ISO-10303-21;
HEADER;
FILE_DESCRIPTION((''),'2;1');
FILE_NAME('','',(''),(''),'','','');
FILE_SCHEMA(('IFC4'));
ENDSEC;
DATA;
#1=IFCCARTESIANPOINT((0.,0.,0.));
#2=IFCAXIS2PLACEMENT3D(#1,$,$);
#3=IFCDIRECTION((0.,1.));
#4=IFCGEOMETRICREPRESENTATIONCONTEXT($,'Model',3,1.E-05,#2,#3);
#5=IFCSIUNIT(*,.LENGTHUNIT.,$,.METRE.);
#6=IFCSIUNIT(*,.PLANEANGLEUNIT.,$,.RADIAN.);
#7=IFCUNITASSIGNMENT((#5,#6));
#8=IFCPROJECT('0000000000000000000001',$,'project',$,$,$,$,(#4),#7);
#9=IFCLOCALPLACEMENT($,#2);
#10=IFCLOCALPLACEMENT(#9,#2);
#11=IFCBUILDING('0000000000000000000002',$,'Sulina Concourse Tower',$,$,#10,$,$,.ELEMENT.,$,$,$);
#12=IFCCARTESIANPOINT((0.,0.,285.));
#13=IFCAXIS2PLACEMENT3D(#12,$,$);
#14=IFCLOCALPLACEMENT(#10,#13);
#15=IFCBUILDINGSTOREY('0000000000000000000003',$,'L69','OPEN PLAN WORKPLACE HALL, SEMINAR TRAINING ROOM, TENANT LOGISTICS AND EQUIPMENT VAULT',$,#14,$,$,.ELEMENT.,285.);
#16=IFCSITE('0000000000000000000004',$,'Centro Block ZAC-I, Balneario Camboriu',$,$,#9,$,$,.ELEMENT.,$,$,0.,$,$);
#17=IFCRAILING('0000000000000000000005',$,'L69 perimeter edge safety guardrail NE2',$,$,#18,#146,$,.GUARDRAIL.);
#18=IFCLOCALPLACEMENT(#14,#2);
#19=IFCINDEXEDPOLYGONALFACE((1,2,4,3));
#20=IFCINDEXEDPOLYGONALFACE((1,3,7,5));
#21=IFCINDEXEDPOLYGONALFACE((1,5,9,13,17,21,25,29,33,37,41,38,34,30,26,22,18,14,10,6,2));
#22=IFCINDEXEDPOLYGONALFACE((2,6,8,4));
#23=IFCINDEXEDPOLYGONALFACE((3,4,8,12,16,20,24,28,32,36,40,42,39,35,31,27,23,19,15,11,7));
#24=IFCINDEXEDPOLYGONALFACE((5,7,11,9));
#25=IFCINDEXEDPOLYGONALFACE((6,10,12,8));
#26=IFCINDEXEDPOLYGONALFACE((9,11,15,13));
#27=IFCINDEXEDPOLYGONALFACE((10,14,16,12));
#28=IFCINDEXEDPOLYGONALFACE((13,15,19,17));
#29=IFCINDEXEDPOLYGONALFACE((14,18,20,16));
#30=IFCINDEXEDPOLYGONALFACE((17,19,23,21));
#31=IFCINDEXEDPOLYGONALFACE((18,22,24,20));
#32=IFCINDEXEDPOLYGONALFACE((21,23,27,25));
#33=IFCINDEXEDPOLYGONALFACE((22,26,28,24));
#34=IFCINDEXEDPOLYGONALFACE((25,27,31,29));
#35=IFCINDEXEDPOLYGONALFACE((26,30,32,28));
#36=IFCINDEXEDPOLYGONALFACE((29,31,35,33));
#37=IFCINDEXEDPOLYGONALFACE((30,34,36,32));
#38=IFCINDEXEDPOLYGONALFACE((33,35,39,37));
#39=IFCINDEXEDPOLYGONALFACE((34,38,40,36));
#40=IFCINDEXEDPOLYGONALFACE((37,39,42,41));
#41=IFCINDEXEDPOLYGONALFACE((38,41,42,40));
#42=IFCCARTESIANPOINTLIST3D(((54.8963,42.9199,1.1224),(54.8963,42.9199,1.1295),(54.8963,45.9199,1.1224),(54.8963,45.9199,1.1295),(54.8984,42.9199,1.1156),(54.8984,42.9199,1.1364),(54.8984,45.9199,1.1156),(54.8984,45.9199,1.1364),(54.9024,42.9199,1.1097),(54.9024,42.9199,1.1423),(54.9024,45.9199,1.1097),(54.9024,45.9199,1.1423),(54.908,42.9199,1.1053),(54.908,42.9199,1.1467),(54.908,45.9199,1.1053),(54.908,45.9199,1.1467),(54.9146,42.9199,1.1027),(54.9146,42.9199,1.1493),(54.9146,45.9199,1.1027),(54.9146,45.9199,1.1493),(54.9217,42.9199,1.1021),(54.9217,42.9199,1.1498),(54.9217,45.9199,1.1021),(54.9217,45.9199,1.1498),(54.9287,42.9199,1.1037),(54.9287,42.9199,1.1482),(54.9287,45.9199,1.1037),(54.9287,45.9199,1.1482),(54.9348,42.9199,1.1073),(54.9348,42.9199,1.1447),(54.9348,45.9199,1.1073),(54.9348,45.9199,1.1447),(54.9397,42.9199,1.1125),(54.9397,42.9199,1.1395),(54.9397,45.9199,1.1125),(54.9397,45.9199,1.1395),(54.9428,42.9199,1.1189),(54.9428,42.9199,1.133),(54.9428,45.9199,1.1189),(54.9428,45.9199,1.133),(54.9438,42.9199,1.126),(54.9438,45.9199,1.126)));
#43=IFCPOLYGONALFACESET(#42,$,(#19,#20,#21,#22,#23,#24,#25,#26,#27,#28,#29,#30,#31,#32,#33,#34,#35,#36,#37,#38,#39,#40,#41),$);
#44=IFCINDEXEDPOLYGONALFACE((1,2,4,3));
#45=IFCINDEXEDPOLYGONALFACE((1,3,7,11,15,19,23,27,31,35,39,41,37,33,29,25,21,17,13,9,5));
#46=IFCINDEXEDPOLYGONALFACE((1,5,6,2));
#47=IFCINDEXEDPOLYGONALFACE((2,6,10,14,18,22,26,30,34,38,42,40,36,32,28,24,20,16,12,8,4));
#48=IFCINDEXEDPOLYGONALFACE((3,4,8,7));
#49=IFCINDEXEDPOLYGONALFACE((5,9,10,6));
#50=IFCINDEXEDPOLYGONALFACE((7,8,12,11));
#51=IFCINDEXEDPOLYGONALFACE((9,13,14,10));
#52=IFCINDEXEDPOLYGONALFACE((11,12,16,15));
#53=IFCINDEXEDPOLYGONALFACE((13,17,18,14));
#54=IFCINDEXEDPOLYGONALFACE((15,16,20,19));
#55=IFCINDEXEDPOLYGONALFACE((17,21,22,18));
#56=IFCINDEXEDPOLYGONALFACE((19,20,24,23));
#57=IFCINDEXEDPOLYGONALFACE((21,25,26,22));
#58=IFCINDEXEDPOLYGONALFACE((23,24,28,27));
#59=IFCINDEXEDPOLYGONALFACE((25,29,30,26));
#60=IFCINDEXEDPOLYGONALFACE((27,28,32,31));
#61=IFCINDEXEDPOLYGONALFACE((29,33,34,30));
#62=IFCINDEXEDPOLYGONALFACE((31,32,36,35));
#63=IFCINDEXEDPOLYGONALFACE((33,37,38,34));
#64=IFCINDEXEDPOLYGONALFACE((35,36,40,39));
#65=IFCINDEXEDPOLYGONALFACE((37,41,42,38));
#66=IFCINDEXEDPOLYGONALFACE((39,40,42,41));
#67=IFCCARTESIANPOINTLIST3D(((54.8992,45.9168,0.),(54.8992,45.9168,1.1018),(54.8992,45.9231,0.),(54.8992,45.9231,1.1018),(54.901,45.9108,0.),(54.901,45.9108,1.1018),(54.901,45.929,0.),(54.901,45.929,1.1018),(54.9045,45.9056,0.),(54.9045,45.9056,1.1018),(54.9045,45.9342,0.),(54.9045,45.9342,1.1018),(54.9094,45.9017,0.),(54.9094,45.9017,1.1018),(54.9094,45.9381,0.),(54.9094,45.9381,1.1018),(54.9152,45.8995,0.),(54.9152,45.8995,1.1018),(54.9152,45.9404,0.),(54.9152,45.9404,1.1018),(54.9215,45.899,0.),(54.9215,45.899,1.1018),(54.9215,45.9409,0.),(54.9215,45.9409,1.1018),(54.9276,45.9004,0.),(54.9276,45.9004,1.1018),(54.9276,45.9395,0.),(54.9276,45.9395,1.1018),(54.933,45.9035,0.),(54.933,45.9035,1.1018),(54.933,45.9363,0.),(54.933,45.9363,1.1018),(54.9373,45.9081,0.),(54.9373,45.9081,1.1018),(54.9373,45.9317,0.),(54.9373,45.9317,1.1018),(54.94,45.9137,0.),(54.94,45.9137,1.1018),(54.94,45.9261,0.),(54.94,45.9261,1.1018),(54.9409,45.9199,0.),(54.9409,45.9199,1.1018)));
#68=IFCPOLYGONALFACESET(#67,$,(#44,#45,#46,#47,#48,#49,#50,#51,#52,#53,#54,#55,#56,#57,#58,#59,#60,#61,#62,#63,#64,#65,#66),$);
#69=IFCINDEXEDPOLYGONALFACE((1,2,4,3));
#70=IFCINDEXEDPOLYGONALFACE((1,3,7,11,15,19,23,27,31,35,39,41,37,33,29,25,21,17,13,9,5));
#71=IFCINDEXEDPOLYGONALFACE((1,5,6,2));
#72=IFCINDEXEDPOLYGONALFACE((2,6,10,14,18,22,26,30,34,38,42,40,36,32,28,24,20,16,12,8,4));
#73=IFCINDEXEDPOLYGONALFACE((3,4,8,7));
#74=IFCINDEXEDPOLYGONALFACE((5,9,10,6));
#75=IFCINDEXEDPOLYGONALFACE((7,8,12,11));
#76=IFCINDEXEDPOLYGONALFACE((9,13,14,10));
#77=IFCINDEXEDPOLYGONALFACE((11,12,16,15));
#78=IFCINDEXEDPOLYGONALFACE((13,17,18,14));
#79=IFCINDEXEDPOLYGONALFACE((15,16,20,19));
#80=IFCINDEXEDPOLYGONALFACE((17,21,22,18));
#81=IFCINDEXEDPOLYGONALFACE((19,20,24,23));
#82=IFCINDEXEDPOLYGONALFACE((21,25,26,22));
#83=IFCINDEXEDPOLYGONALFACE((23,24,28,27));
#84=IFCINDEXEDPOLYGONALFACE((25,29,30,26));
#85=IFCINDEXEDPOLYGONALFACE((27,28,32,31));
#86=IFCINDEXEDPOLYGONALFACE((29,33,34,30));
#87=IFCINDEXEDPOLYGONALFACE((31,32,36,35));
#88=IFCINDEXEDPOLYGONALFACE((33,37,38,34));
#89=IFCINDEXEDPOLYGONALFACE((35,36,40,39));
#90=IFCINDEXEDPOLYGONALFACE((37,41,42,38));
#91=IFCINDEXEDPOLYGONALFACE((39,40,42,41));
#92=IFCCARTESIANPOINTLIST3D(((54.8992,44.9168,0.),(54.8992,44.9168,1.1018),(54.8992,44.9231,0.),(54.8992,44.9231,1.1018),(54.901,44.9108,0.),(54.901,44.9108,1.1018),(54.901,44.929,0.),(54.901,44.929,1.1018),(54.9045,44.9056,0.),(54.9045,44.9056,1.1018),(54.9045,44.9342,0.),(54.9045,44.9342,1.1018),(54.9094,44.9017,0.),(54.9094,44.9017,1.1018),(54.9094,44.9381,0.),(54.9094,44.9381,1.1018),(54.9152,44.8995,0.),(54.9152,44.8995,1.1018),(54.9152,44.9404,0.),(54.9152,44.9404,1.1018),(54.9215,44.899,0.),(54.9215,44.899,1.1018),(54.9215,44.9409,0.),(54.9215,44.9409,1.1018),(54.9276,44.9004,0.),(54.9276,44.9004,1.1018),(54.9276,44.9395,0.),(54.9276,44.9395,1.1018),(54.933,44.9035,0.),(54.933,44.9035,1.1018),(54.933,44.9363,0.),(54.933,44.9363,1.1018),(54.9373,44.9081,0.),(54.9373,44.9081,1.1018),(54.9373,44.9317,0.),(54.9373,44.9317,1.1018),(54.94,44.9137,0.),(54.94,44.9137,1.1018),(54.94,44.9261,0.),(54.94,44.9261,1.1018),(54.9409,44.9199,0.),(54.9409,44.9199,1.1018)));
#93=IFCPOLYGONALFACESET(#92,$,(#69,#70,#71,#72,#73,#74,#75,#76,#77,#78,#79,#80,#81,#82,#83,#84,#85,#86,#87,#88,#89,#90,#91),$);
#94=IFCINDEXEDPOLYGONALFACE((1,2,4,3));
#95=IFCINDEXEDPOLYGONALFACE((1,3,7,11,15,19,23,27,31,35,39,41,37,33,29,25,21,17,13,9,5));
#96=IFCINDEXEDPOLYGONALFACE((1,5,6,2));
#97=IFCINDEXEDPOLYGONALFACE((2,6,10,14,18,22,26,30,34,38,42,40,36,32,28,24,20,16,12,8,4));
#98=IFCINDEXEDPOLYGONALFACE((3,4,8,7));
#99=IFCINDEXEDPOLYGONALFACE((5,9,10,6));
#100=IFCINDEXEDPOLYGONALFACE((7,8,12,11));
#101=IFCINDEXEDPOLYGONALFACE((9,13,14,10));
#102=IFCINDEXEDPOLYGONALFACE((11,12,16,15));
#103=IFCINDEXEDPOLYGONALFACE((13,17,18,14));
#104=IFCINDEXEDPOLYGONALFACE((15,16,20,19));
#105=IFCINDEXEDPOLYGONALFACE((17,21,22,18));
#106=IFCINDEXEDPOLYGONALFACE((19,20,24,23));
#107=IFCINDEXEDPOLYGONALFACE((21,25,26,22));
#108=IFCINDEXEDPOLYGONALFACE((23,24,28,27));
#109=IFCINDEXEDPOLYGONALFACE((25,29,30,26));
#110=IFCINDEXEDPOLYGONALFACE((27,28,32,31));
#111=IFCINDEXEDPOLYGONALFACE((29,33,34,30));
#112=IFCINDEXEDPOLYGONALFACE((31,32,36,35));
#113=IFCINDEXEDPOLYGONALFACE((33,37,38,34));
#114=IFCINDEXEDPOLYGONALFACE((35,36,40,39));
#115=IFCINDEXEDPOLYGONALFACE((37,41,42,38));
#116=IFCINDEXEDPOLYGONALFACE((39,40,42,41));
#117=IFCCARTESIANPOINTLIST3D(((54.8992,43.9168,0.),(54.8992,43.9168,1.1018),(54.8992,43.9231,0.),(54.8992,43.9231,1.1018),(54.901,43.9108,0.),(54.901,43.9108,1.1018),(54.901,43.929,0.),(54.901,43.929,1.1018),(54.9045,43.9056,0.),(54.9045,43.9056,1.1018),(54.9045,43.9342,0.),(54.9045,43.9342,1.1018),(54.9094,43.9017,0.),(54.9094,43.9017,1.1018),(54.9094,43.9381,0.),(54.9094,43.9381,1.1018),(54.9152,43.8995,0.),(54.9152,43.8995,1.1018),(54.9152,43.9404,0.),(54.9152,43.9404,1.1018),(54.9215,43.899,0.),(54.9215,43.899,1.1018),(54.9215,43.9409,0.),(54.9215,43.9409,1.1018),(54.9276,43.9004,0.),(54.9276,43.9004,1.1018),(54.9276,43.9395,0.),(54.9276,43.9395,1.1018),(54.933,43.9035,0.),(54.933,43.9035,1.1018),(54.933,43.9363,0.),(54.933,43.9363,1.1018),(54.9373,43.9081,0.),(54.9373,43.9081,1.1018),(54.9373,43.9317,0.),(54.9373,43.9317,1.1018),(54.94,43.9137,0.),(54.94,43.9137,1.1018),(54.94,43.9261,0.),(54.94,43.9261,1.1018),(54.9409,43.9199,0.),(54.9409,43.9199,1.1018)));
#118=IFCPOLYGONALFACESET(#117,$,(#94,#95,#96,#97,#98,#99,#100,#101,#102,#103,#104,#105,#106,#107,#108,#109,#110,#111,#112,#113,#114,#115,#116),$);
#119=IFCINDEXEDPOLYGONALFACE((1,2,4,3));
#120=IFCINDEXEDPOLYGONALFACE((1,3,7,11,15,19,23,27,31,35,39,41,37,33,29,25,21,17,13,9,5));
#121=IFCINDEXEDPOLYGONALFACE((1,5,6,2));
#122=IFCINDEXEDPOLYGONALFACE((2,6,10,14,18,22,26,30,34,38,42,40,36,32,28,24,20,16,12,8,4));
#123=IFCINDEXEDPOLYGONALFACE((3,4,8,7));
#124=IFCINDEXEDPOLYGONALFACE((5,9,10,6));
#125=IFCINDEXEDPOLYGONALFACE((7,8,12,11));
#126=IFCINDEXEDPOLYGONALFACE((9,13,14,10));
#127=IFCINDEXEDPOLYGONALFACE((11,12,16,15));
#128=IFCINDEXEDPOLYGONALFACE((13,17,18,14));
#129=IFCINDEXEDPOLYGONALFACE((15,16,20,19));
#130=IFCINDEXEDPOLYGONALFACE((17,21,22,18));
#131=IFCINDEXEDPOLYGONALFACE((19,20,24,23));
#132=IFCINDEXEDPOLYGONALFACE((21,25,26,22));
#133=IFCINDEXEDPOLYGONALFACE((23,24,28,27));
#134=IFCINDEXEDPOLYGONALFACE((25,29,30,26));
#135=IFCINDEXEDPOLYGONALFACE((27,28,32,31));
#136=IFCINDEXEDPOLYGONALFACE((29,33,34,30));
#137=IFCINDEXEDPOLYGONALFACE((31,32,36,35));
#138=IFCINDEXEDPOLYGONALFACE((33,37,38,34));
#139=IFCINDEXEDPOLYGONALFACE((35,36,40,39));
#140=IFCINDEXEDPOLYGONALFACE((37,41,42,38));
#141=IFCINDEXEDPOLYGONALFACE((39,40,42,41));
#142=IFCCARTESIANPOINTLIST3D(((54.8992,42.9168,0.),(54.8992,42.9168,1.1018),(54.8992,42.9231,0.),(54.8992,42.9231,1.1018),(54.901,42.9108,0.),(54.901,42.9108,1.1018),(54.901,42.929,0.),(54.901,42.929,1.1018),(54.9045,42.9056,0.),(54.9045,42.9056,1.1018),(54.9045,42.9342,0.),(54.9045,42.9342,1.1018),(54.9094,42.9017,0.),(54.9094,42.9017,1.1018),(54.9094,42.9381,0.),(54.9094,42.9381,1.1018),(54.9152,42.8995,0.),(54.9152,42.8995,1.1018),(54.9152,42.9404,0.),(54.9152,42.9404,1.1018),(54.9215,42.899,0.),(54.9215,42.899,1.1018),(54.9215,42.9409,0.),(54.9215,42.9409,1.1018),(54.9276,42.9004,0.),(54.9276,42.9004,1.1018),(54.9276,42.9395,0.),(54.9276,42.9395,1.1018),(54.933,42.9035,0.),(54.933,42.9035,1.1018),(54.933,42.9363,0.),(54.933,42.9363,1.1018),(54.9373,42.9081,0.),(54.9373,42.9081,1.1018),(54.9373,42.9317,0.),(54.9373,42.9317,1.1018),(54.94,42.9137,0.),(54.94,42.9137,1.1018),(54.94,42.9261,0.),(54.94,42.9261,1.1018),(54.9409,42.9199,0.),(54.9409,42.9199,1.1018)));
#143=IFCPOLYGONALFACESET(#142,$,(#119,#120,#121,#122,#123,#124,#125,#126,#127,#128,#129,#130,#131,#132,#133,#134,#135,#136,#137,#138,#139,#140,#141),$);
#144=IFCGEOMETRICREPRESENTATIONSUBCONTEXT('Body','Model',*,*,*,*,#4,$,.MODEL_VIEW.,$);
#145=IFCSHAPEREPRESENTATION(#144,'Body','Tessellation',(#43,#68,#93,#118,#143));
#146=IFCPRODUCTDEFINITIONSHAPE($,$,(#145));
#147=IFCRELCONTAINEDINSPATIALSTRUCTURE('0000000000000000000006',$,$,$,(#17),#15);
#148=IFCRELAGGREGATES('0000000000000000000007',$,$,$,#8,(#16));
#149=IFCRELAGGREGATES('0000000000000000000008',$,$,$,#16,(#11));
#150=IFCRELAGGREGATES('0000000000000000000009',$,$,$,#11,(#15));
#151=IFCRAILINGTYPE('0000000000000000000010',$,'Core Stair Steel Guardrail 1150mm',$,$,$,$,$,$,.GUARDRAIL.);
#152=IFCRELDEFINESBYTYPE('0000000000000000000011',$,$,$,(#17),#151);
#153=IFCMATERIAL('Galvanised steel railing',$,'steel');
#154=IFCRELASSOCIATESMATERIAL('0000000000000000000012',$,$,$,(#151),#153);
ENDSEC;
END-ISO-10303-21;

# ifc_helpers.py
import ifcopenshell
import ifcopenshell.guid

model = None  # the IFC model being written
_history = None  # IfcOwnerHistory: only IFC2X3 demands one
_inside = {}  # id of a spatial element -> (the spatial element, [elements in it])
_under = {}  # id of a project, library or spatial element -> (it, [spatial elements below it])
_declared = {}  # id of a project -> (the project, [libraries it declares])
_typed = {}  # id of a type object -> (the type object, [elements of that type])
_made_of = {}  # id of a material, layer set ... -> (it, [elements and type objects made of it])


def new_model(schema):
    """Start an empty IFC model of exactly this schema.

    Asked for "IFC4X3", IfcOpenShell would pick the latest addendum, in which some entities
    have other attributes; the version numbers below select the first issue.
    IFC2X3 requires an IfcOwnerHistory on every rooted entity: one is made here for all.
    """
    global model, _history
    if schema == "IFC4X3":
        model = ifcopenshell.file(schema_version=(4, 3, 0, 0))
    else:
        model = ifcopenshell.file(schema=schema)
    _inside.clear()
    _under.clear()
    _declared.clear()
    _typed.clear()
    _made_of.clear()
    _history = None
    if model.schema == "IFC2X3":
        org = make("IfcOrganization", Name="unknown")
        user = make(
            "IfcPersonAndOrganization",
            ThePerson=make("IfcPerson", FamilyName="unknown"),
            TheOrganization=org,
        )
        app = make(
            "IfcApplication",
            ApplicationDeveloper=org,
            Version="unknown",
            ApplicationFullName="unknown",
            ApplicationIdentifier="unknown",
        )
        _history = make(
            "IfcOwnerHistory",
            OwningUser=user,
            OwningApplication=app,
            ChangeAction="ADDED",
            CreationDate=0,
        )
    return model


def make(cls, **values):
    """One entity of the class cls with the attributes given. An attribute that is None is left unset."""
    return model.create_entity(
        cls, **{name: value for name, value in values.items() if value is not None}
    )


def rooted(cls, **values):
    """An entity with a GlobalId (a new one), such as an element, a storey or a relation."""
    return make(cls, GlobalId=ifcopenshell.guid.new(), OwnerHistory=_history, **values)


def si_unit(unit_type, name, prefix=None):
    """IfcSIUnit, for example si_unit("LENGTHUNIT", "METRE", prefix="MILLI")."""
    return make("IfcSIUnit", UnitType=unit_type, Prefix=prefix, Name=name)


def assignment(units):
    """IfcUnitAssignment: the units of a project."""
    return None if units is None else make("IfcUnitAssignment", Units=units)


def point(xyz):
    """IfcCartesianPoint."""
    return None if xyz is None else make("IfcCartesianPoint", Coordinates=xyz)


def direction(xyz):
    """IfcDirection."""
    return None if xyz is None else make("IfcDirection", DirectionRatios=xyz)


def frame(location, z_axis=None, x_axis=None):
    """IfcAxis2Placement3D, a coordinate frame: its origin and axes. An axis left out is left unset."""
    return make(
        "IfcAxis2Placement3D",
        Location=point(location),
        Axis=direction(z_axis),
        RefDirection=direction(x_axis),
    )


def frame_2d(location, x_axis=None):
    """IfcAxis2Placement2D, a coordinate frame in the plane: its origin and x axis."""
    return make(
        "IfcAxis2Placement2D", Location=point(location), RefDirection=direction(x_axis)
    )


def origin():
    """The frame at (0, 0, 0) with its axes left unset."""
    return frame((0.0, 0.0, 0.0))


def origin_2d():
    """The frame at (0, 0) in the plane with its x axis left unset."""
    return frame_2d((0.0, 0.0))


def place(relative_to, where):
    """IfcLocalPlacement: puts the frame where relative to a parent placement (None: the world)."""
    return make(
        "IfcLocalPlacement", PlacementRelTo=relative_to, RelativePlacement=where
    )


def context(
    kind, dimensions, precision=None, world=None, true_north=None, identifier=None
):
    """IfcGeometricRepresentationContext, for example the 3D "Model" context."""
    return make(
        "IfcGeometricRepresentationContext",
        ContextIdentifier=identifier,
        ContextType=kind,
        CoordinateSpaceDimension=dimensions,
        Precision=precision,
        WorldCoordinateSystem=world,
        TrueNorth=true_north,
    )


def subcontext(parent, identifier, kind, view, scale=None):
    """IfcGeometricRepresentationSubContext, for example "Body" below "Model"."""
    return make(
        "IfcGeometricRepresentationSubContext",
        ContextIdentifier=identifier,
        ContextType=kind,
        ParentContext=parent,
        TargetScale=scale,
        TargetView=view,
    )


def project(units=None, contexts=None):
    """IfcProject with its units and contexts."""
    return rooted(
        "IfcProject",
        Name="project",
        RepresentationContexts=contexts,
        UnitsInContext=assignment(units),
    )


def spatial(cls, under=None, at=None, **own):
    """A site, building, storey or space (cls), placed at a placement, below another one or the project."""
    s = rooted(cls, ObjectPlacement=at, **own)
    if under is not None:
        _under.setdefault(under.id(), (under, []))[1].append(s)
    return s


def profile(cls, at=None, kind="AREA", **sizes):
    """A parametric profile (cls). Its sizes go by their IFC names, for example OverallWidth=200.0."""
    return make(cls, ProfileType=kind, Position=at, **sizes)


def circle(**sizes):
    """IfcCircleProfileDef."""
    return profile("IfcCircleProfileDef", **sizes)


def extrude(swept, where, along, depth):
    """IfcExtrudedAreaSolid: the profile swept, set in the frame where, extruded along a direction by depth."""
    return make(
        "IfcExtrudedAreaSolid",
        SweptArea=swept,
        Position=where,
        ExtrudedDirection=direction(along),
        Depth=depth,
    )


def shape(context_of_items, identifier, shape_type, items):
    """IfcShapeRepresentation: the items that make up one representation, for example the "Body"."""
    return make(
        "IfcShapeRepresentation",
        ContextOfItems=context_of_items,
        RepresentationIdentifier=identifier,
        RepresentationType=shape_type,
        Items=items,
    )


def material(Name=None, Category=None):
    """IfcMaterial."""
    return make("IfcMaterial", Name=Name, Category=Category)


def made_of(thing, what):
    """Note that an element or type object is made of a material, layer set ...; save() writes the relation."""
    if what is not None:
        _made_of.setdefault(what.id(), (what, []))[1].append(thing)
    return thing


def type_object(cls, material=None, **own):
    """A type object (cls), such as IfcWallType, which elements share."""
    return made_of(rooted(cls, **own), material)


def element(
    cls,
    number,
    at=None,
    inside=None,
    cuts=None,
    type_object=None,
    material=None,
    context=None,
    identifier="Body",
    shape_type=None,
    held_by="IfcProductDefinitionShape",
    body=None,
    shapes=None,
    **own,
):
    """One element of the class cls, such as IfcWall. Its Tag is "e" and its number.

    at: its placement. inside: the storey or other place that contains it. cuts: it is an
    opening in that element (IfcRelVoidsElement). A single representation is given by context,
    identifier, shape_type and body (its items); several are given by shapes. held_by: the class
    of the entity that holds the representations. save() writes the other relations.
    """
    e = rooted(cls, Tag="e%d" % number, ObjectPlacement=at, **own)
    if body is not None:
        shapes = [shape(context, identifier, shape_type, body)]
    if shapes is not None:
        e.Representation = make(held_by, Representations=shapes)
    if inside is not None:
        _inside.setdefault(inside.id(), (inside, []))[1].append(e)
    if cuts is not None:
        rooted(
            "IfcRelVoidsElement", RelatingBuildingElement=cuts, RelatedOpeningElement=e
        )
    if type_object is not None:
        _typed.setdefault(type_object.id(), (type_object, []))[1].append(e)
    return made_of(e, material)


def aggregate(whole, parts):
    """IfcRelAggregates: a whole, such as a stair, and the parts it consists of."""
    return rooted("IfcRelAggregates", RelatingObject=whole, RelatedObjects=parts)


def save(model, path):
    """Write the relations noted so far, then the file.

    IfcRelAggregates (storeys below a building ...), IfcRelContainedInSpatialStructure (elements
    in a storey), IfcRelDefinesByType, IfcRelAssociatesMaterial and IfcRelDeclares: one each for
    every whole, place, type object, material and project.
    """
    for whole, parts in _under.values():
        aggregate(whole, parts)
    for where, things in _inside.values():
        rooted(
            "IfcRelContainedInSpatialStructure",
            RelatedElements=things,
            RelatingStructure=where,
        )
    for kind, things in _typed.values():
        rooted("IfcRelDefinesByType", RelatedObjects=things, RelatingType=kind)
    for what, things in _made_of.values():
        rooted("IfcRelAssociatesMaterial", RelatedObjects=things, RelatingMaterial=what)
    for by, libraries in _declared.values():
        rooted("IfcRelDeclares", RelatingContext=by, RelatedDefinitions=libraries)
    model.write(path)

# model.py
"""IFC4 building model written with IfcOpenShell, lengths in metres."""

from ifc_helpers import new_model, si_unit, direction, frame, origin, origin_2d, place, context, subcontext, project, spatial, circle, extrude, material, type_object, element, save


model = new_model("IFC4")

# Units and contexts
model_context = context("Model", 3, precision=1e-05, world=origin(), true_north=direction((0.0, 1.0)))
body_context = subcontext(model_context, "Body", "Model", "MODEL_VIEW")
ifc_project = project(units=[si_unit("LENGTHUNIT", "METRE"), si_unit("PLANEANGLEUNIT", "RADIAN")], contexts=[model_context])

# Site, building, storey
site_placement = place(None, origin())
site = spatial("IfcSite", under=ifc_project, at=site_placement, Name="Centro Block ZAC-I, Balneario Camboriu", CompositionType="ELEMENT", RefElevation=0.0)
building_placement = place(site_placement, origin())
building = spatial("IfcBuilding", under=site, at=building_placement, Name="Sulina Concourse Tower", CompositionType="ELEMENT")
storey_placement = place(building_placement, frame((0.0, 0.0, 285.0)))
storey = spatial("IfcBuildingStorey", under=building, at=storey_placement, Name="L69", Description="OPEN PLAN WORKPLACE HALL, SEMINAR TRAINING ROOM, TENANT LOGISTICS AND EQUIPMENT VAULT", CompositionType="ELEMENT", Elevation=285.0)

# Railing
ifc_material_1 = material(Name="Galvanised steel railing", Category="steel")
railing_type = type_object("IfcRailingType", Name="Core Stair Steel Guardrail 1150mm", PredefinedType="GUARDRAIL", material=ifc_material_1)
railing_1_placement = place(storey_placement, frame((54.9199, 45.9199, 0.0)))
element("IfcRailing", 1, at=railing_1_placement, inside=storey, type_object=railing_type, Name="L69 perimeter edge safety guardrail NE2", PredefinedType="GUARDRAIL", context=body_context, shape_type="SweptSolid", body=[
    extrude(circle(Radius=0.0239, at=origin_2d()), frame((0.0, 0.0, 1.126), z_axis=(0.0, -1.0, 0.0), x_axis=(1.0, 0.0, 0.0)), (0.0, 0.0, 1.0), 3.0),
    extrude(circle(Radius=0.021, at=origin_2d()), origin(), (0.0, 0.0, 1.0), 1.1018),
    extrude(circle(Radius=0.021, at=origin_2d()), frame((0.0, -1.0, 0.0)), (0.0, 0.0, 1.0), 1.1018),
    extrude(circle(Radius=0.021, at=origin_2d()), frame((0.0, -2.0, 0.0)), (0.0, 0.0, 1.0), 1.1018),
    extrude(circle(Radius=0.021, at=origin_2d()), frame((0.0, -3.0, 0.0)), (0.0, 0.0, 1.0), 1.1018),
])

save(model, "model.ifc")
